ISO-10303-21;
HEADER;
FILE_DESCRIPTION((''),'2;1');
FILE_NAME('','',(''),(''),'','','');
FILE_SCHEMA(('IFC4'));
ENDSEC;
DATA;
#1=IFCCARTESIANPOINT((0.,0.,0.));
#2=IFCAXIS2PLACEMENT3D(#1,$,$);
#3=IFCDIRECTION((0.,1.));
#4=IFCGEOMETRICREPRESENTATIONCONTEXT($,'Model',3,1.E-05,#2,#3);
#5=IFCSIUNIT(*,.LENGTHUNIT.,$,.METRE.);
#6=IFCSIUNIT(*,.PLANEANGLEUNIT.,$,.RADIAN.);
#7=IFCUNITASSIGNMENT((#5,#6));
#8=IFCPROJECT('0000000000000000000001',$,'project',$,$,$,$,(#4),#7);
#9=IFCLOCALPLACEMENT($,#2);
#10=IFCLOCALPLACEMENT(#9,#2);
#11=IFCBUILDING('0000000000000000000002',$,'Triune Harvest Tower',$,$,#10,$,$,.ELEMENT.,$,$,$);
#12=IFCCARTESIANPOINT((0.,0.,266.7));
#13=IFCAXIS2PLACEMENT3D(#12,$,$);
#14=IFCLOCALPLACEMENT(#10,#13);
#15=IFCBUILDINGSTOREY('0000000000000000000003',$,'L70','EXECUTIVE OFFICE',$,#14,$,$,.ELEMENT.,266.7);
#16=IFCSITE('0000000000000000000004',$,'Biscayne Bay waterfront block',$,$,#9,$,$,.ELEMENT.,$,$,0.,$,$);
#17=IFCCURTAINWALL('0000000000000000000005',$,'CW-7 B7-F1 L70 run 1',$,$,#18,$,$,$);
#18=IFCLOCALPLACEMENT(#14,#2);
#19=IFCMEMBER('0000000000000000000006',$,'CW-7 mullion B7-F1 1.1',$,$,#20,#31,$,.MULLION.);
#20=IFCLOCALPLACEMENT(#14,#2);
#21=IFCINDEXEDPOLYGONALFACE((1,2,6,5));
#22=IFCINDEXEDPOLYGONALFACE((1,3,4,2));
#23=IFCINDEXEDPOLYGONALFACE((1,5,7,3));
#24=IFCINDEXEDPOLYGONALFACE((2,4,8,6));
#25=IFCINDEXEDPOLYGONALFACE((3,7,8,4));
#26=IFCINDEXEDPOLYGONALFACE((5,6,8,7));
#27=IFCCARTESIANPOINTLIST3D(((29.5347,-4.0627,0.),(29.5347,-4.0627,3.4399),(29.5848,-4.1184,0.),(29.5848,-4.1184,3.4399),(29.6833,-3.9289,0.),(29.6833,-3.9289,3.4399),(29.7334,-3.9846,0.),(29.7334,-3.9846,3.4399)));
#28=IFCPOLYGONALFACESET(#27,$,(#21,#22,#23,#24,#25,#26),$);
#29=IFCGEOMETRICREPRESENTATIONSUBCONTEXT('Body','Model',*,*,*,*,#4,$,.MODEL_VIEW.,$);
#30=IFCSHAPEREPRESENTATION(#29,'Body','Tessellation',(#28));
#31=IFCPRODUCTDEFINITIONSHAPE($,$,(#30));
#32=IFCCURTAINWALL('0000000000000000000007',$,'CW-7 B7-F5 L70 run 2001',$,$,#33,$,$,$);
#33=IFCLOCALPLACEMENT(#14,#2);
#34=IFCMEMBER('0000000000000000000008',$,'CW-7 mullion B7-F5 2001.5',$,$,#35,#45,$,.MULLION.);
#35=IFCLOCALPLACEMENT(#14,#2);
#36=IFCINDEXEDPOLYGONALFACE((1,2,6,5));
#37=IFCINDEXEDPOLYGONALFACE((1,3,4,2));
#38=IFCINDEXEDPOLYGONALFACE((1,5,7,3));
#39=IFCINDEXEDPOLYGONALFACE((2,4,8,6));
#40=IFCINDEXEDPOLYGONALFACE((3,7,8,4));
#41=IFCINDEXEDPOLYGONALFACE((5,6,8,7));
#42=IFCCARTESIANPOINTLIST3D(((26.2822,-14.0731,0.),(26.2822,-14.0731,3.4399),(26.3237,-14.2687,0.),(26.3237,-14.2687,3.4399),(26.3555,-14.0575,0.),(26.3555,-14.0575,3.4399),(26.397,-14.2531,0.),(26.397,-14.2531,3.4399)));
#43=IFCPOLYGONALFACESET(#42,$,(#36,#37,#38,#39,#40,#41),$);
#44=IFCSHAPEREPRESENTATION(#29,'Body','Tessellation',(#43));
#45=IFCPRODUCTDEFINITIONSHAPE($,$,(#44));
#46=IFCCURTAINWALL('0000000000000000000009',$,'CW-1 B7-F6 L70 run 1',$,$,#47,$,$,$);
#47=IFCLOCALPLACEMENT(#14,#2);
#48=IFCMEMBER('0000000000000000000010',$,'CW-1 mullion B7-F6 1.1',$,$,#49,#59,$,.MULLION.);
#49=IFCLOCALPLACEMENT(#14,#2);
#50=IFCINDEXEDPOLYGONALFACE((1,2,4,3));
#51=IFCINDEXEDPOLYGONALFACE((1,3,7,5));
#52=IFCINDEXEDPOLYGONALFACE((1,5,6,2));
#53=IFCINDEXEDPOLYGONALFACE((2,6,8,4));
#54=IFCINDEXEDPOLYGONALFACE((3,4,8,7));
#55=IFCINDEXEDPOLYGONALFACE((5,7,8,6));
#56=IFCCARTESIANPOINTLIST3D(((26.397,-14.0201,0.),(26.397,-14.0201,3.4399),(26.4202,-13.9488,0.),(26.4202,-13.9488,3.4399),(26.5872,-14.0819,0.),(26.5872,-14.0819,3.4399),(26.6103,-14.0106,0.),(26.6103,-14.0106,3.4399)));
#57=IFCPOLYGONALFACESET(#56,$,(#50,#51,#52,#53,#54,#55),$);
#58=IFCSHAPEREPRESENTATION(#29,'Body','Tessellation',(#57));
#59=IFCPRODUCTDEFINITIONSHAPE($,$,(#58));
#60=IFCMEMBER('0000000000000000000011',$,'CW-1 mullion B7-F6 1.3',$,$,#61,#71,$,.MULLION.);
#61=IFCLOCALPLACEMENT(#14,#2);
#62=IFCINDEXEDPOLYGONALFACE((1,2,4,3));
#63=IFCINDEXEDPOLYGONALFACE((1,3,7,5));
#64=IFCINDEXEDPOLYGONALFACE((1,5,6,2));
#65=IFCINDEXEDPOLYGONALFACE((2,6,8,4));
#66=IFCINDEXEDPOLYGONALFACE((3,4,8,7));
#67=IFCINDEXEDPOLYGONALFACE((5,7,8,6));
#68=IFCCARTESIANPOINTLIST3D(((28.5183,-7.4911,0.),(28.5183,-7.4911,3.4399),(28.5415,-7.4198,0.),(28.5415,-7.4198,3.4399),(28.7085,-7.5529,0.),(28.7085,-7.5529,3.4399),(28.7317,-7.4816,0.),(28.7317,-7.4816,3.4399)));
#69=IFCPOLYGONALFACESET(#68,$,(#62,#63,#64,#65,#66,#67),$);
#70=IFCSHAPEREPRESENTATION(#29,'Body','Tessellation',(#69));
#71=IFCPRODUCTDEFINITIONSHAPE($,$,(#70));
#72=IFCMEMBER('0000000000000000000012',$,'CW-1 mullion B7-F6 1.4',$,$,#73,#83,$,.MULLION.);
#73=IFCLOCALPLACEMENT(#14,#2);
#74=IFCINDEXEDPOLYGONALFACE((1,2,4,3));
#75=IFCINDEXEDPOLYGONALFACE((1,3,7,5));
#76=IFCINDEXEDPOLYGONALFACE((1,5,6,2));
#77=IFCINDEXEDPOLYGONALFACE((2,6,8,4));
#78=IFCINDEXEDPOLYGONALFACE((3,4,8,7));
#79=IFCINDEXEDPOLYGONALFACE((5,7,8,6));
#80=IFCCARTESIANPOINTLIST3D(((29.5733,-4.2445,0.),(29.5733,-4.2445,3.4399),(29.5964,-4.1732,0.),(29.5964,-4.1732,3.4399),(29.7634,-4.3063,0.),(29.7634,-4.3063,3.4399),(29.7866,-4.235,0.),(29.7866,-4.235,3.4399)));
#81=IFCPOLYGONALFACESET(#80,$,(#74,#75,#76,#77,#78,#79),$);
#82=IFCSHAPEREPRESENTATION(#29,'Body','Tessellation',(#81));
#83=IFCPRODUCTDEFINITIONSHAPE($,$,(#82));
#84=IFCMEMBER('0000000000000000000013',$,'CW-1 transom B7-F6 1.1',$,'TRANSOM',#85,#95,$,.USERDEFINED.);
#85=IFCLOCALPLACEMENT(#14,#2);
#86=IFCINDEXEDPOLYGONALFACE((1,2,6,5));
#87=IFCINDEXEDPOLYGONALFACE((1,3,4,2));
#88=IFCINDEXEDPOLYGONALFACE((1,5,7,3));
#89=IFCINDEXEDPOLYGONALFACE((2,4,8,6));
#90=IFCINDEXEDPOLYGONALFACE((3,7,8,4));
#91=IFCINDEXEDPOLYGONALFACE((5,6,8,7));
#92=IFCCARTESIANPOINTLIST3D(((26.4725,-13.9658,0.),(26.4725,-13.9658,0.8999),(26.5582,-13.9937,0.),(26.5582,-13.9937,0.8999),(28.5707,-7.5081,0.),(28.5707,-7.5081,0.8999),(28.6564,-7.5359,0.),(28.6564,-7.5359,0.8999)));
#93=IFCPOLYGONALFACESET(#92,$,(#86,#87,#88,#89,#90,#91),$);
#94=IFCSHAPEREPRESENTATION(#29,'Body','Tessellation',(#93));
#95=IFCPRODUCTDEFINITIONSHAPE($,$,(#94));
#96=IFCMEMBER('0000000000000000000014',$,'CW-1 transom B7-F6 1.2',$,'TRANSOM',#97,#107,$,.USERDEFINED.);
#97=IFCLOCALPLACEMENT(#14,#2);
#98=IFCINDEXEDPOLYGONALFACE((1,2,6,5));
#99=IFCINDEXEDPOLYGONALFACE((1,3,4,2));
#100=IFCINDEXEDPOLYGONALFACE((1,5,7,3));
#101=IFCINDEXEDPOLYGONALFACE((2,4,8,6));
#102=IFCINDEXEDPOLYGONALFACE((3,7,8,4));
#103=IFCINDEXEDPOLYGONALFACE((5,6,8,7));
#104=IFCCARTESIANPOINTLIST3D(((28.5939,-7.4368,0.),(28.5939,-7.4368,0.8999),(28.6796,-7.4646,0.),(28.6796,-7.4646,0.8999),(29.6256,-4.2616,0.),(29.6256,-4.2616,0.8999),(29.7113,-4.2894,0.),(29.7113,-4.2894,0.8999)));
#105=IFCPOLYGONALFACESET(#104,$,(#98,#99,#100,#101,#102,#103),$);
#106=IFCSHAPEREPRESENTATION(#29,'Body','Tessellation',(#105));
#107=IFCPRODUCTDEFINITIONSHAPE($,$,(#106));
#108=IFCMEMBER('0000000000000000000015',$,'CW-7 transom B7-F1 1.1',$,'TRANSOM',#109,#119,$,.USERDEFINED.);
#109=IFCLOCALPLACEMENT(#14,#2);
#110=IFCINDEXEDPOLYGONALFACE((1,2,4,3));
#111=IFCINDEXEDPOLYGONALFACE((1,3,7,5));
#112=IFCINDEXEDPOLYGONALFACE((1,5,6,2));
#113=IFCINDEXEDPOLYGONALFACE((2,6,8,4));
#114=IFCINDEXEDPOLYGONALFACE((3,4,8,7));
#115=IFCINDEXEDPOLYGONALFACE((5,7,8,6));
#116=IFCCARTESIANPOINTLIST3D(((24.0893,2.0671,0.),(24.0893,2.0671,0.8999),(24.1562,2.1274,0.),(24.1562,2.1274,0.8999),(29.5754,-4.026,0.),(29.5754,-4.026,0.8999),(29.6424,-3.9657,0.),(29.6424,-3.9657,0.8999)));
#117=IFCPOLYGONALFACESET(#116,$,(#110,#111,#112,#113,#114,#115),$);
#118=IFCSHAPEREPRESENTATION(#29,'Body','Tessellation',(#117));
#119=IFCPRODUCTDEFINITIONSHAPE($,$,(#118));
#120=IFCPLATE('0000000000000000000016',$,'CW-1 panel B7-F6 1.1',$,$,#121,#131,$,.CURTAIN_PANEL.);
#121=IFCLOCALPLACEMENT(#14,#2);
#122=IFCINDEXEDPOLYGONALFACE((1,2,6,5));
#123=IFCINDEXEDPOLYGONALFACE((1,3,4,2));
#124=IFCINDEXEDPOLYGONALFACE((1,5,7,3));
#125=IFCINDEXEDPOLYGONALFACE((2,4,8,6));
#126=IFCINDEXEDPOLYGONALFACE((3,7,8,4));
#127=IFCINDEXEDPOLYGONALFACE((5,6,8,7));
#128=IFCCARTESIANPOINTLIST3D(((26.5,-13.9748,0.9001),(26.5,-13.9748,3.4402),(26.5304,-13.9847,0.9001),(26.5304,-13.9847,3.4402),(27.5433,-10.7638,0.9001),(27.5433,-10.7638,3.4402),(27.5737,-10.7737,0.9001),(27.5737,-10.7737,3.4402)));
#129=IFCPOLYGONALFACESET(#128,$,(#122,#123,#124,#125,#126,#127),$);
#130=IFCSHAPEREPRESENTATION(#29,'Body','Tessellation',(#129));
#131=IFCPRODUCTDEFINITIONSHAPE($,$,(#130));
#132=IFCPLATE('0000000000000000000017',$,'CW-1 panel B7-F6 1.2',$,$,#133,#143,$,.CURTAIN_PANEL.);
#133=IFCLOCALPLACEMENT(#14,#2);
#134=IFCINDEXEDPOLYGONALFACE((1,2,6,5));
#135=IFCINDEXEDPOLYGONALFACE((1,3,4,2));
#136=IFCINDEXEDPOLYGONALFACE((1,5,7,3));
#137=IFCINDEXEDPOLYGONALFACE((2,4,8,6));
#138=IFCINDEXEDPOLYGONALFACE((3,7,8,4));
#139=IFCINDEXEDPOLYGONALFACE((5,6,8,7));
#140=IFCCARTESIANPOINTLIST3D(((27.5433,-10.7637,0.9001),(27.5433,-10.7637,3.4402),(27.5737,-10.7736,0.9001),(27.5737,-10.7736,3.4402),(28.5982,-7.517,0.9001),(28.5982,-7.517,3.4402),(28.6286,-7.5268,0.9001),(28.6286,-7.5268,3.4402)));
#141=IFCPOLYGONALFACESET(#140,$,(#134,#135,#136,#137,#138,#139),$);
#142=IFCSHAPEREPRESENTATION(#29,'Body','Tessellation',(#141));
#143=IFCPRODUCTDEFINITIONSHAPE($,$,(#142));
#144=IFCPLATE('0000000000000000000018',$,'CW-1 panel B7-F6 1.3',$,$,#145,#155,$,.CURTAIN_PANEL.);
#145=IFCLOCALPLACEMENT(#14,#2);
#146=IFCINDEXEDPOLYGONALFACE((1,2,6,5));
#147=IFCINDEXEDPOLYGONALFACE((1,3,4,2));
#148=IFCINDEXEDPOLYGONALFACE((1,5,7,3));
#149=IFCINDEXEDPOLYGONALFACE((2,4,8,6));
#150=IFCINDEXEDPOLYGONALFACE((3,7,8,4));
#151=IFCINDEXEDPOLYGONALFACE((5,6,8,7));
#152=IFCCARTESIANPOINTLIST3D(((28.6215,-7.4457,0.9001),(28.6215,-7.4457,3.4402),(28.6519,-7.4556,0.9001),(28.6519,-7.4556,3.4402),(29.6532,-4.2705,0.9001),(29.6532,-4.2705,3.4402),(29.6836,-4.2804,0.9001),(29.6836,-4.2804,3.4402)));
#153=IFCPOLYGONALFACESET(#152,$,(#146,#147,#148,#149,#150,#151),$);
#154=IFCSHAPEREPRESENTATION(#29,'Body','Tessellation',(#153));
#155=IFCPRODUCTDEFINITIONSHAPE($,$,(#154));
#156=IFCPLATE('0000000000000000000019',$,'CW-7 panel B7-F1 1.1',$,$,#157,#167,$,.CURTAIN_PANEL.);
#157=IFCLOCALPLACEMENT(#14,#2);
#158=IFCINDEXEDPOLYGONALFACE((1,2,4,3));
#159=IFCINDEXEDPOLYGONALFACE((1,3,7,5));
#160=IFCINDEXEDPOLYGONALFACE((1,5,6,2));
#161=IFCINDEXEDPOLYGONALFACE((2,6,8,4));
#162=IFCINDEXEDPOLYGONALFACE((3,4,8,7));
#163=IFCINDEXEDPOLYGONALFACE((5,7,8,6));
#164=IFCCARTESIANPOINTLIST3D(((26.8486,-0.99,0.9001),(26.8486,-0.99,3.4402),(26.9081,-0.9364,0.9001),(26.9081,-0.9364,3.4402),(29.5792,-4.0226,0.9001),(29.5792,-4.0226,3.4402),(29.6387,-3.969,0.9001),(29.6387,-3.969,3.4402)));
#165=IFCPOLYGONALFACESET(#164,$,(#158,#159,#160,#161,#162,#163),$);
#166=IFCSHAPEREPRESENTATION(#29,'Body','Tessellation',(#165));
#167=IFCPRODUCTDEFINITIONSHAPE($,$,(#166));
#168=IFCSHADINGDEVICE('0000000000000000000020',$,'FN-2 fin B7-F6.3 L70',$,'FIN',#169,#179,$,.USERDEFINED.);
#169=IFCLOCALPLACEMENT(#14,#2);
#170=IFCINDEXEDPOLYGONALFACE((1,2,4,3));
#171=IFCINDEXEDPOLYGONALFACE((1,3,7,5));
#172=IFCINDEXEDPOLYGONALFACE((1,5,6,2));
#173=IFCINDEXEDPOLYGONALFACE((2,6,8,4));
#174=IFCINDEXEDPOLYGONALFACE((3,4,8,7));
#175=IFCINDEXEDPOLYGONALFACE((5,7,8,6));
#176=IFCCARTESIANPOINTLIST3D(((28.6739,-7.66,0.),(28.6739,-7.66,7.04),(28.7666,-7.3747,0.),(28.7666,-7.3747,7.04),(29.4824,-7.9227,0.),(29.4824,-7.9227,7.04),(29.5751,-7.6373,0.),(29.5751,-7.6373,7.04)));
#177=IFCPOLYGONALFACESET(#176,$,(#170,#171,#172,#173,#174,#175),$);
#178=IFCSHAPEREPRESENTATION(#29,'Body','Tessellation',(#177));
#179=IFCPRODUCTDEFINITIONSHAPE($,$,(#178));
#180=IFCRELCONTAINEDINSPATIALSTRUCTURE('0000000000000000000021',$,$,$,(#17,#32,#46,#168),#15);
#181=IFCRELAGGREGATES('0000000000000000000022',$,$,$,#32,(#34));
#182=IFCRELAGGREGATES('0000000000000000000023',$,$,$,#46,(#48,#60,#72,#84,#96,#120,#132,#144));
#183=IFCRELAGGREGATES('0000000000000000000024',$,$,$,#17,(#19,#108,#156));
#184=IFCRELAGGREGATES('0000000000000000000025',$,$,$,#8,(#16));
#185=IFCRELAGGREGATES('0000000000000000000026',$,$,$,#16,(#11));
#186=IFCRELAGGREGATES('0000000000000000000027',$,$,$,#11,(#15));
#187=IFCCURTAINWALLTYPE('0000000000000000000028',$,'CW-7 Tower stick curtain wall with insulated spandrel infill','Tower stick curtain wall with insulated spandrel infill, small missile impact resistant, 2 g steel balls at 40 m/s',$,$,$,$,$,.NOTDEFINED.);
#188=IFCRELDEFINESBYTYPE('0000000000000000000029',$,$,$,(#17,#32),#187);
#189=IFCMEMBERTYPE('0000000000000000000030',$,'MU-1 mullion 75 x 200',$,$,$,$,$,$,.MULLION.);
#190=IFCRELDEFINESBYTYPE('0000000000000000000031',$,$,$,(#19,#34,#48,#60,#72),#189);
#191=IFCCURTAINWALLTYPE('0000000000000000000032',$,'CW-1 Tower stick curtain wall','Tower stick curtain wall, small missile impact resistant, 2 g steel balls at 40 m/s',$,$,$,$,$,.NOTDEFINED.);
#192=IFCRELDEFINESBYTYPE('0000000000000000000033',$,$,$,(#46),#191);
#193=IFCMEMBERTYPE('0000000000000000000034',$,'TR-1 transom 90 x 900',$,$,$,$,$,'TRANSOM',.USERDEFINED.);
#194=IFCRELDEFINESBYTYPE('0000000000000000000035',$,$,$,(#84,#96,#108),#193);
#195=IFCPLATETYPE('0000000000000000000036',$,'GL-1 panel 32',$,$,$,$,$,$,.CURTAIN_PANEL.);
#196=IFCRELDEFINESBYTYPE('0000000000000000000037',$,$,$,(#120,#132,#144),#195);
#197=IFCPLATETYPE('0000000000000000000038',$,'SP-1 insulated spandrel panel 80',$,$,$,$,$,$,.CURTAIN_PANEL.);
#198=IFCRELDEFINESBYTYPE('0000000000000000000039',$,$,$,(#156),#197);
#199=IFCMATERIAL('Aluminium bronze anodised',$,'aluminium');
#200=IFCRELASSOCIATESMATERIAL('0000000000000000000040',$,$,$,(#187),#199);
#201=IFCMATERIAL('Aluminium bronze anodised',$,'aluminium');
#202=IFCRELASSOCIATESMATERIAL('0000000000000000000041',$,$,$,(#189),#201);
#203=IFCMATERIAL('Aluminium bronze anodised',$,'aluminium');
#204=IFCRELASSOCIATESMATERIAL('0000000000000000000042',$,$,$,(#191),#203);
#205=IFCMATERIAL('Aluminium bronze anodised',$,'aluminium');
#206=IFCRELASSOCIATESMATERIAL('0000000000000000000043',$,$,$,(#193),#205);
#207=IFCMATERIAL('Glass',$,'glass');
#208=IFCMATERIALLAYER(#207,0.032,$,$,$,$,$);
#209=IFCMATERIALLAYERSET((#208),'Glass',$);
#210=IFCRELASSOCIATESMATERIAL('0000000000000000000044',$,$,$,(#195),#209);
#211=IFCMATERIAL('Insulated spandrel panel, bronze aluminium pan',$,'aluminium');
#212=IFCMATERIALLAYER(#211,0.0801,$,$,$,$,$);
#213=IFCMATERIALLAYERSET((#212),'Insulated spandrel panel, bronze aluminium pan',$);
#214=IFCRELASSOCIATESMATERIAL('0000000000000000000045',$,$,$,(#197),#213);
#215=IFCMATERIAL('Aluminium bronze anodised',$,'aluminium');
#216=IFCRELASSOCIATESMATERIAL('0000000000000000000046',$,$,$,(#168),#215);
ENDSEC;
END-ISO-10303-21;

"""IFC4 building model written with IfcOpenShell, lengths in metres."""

from ifc_helpers import new_model, si_unit, direction, frame, origin, origin_2d, place, context, subcontext, project, spatial, rectangle, extrude, source, transform, mapped, material, layer, layer_set, material_profile, profile_set, type_object, element, aggregate, save


model = new_model("IFC4")

# Units and contexts
model_context = context("Model", 3, precision=1e-05, world=origin(), true_north=direction((0.0, 1.0)))
body_context = subcontext(model_context, "Body", "Model", "MODEL_VIEW")
ifc_project = project(units=[si_unit("LENGTHUNIT", "METRE"), si_unit("PLANEANGLEUNIT", "RADIAN")], contexts=[model_context])

# Site, building, storey
site_placement = place(None, origin())
site = spatial("IfcSite", under=ifc_project, at=site_placement, Name="Biscayne Bay waterfront block", CompositionType="ELEMENT", RefElevation=0.0)
building_placement = place(site_placement, origin())
building = spatial("IfcBuilding", under=site, at=building_placement, Name="Triune Harvest Tower", CompositionType="ELEMENT")
storey_placement = place(building_placement, frame((0.0, 0.0, 266.7)))
storey = spatial("IfcBuildingStorey", under=building, at=storey_placement, Name="L70", Description="EXECUTIVE OFFICE", CompositionType="ELEMENT", Elevation=266.7)

# Curtain walls, members
ifc_material_1 = material(Name="Aluminium bronze anodised", Category="aluminium")
curtain_wall_type_1 = type_object("IfcCurtainWallType", Name="CW-7 Tower stick curtain wall with insulated spandrel infill", Description="Tower stick curtain wall with insulated spandrel infill, small missile impact resistant, 2 g steel balls at 40 m/s", PredefinedType="NOTDEFINED", material=ifc_material_1)
curtain_wall_1_placement = place(storey_placement, origin())
curtain_wall_1 = element("IfcCurtainWall", 1, at=curtain_wall_1_placement, inside=storey, type_object=curtain_wall_type_1, Name="CW-7 B7-F1 L70 run 1")
ifc_material_2 = material(Name="Aluminium bronze anodised", Category="aluminium")
ifc_material_profile_1 = material_profile(ifc_material_2, rectangle(XDim=0.2, YDim=0.075, at=origin_2d()), Name="MU-1 mullion 75 x 200")
ifc_profile_set_1 = profile_set([ifc_material_profile_1], Name="Aluminium bronze anodised")
member_type_1 = type_object("IfcMemberType", Name="MU-1 mullion 75 x 200", PredefinedType="MULLION", material=ifc_profile_set_1)
shared_shape_1 = source(origin(), body_context, "Body", "SweptSolid", [
    extrude(rectangle(XDim=0.2, YDim=0.075, at=origin_2d()), origin(), (0.0, 0.0, 1.0), 3.4399),
])
member_1_placement = place(storey_placement, frame((29.634, -4.0237, 0.0), z_axis=(0.0, 0.0, 1.0), x_axis=(-0.743142, -0.669134, 0.0)))
member_1 = element("IfcMember", 2, at=member_1_placement, type_object=member_type_1, Name="CW-7 mullion B7-F1 1.1", PredefinedType="MULLION", context=body_context, shape_type="MappedRepresentation", body=[
    mapped(shared_shape_1, transform((0.0, 0.0, 0.0), scale=1.0)),
])
curtain_wall_2_placement = place(storey_placement, origin())
curtain_wall_2 = element("IfcCurtainWall", 3, at=curtain_wall_2_placement, inside=storey, type_object=curtain_wall_type_1, Name="CW-7 B7-F5 L70 run 2001")
member_2_placement = place(storey_placement, frame((26.3396, -14.1631, 0.0), z_axis=(0.0, 0.0, 1.0), x_axis=(-0.207909, 0.978148, 0.0)))
member_2 = element("IfcMember", 4, at=member_2_placement, type_object=member_type_1, Name="CW-7 mullion B7-F5 2001.5", PredefinedType="MULLION", context=body_context, shape_type="MappedRepresentation", body=[
    mapped(shared_shape_1, transform((0.0, 0.0, 0.0), scale=1.0)),
])
aggregate(curtain_wall_2, [member_2])

# Curtain wall, members
ifc_material_3 = material(Name="Aluminium bronze anodised", Category="aluminium")
curtain_wall_type_2 = type_object("IfcCurtainWallType", Name="CW-1 Tower stick curtain wall", Description="Tower stick curtain wall, small missile impact resistant, 2 g steel balls at 40 m/s", PredefinedType="NOTDEFINED", material=ifc_material_3)
curtain_wall_3_placement = place(storey_placement, origin())
curtain_wall_3 = element("IfcCurtainWall", 5, at=curtain_wall_3_placement, inside=storey, type_object=curtain_wall_type_2, Name="CW-1 B7-F6 L70 run 1")
member_3_placement = place(storey_placement, frame((26.5037, -14.0154, 0.0), z_axis=(0.0, 0.0, 1.0), x_axis=(-0.951056, 0.309019, 0.0)))
member_3 = element("IfcMember", 6, at=member_3_placement, type_object=member_type_1, Name="CW-1 mullion B7-F6 1.1", PredefinedType="MULLION", context=body_context, shape_type="MappedRepresentation", body=[
    mapped(shared_shape_1, transform((0.0, 0.0, 0.0), scale=1.0)),
])
member_4_placement = place(storey_placement, frame((28.625, -7.4863, 0.0), z_axis=(0.0, 0.0, 1.0), x_axis=(-0.951056, 0.309019, 0.0)))
member_4 = element("IfcMember", 7, at=member_4_placement, type_object=member_type_1, Name="CW-1 mullion B7-F6 1.3", PredefinedType="MULLION", context=body_context, shape_type="MappedRepresentation", body=[
    mapped(shared_shape_1, transform((0.0, 0.0, 0.0), scale=1.0)),
])
member_5_placement = place(storey_placement, frame((29.6799, -4.2397, 0.0), z_axis=(0.0, 0.0, 1.0), x_axis=(-0.951056, 0.309019, 0.0)))
member_5 = element("IfcMember", 8, at=member_5_placement, type_object=member_type_1, Name="CW-1 mullion B7-F6 1.4", PredefinedType="MULLION", context=body_context, shape_type="MappedRepresentation", body=[
    mapped(shared_shape_1, transform((0.0, 0.0, 0.0), scale=1.0)),
])
ifc_material_4 = material(Name="Aluminium bronze anodised", Category="aluminium")
ifc_material_profile_2 = material_profile(ifc_material_4, rectangle(XDim=0.0901, YDim=0.8999, at=origin_2d()), Name="TR-1 transom 90 x 900")
ifc_profile_set_2 = profile_set([ifc_material_profile_2], Name="Aluminium bronze anodised")
member_type_2 = type_object("IfcMemberType", Name="TR-1 transom 90 x 900", ElementType="TRANSOM", PredefinedType="USERDEFINED", material=ifc_profile_set_2)
shared_shape_2 = source(origin(), body_context, "Body", "SweptSolid", [
    extrude(rectangle(XDim=0.0901, YDim=0.8999, at=origin_2d()), origin(), (0.0, 0.0, 1.0), 6.79),
])
member_6_placement = place(storey_placement, frame((26.5154, -13.9797, 0.45), z_axis=(0.309002, 0.951061, 0.0), x_axis=(-0.951061, 0.309002, 0.0)))
member_6 = element("IfcMember", 9, at=member_6_placement, type_object=member_type_2, Name="CW-1 transom B7-F6 1.1", ObjectType="TRANSOM", PredefinedType="USERDEFINED", context=body_context, shape_type="MappedRepresentation", body=[
    mapped(shared_shape_2, transform((0.0, 0.0, 0.0), scale=1.0)),
])
shared_shape_3 = source(origin(), body_context, "Body", "SweptSolid", [
    extrude(rectangle(XDim=0.0901, YDim=0.8999, at=origin_2d()), origin(), (0.0, 0.0, 1.0), 3.3386),
])
member_7_placement = place(storey_placement, frame((28.6367, -7.4507, 0.45), z_axis=(0.309023, 0.951054, 0.0), x_axis=(-0.951054, 0.309023, 0.0)))
member_7 = element("IfcMember", 10, at=member_7_placement, type_object=member_type_2, Name="CW-1 transom B7-F6 1.2", ObjectType="TRANSOM", PredefinedType="USERDEFINED", context=body_context, shape_type="MappedRepresentation", body=[
    mapped(shared_shape_3, transform((0.0, 0.0, 0.0), scale=1.0)),
])

# Member
shared_shape_4 = source(origin(), body_context, "Body", "SweptSolid", [
    extrude(rectangle(XDim=0.0901, YDim=0.8999, at=origin_2d()), origin(), (0.0, 0.0, 1.0), 8.199),
])
member_8_placement = place(storey_placement, frame((29.6089, -3.9958, 0.45), z_axis=(-0.669124, 0.743151, 0.0), x_axis=(-0.743151, -0.669124, 0.0)))
member_8 = element("IfcMember", 11, at=member_8_placement, type_object=member_type_2, Name="CW-7 transom B7-F1 1.1", ObjectType="TRANSOM", PredefinedType="USERDEFINED", context=body_context, shape_type="MappedRepresentation", body=[
    mapped(shared_shape_4, transform((0.0, 0.0, 0.0), scale=1.0)),
])

# Plates
ifc_material_5 = material(Name="Glass", Category="glass")
ifc_layer_1 = layer(ifc_material_5, 0.032)
ifc_layer_set_1 = layer_set([ifc_layer_1], Name="Glass")
plate_type_1 = type_object("IfcPlateType", Name="GL-1 panel 32", PredefinedType="CURTAIN_PANEL", material=ifc_layer_set_1)
shared_shape_5 = source(origin(), body_context, "Body", "SweptSolid", [
    extrude(rectangle(XDim=3.3762, YDim=0.032, at=origin_2d()), origin(), (0.0, 0.0, 1.0), 2.54),
])
plate_1_placement = place(storey_placement, frame((27.0369, -12.3743, 0.9001), z_axis=(0.0, 0.0, 1.0), x_axis=(0.309019, 0.951056, 0.0)))
plate_1 = element("IfcPlate", 12, at=plate_1_placement, type_object=plate_type_1, Name="CW-1 panel B7-F6 1.1", PredefinedType="CURTAIN_PANEL", context=body_context, shape_type="MappedRepresentation", body=[
    mapped(shared_shape_5, transform((0.0, 0.0, 0.0), scale=1.0)),
])
shared_shape_6 = source(origin(), body_context, "Body", "SweptSolid", [
    extrude(rectangle(XDim=3.4138, YDim=0.032, at=origin_2d()), origin(), (0.0, 0.0, 1.0), 2.54),
])
plate_2_placement = place(storey_placement, frame((28.0859, -9.1453, 0.9001), z_axis=(0.0, 0.0, 1.0), x_axis=(0.309019, 0.951056, 0.0)))
plate_2 = element("IfcPlate", 13, at=plate_2_placement, type_object=plate_type_1, Name="CW-1 panel B7-F6 1.2", PredefinedType="CURTAIN_PANEL", context=body_context, shape_type="MappedRepresentation", body=[
    mapped(shared_shape_6, transform((0.0, 0.0, 0.0), scale=1.0)),
])
shared_shape_7 = source(origin(), body_context, "Body", "SweptSolid", [
    extrude(rectangle(XDim=3.3386, YDim=0.032, at=origin_2d()), origin(), (0.0, 0.0, 1.0), 2.54),
])
plate_3_placement = place(storey_placement, frame((29.1526, -5.863, 0.9001), z_axis=(0.0, 0.0, 1.0), x_axis=(0.309019, 0.951056, 0.0)))
plate_3 = element("IfcPlate", 14, at=plate_3_placement, type_object=plate_type_1, Name="CW-1 panel B7-F6 1.3", PredefinedType="CURTAIN_PANEL", context=body_context, shape_type="MappedRepresentation", body=[
    mapped(shared_shape_7, transform((0.0, 0.0, 0.0), scale=1.0)),
])
aggregate(curtain_wall_3, [member_3, member_4, member_5, member_6, member_7, plate_1, plate_2, plate_3])
ifc_material_6 = material(Name="Insulated spandrel panel, bronze aluminium pan", Category="aluminium")
ifc_layer_2 = layer(ifc_material_6, 0.0801)
ifc_layer_set_2 = layer_set([ifc_layer_2], Name="Insulated spandrel panel, bronze aluminium pan")
plate_type_2 = type_object("IfcPlateType", Name="SP-1 insulated spandrel panel 80", PredefinedType="CURTAIN_PANEL", material=ifc_layer_set_2)
shared_shape_8 = source(origin(), body_context, "Body", "SweptSolid", [
    extrude(rectangle(XDim=4.0808, YDim=0.0801, at=origin_2d()), origin(), (0.0, 0.0, 1.0), 2.54),
])
plate_4_placement = place(storey_placement, frame((28.2437, -2.4795, 0.9001), z_axis=(0.0, 0.0, 1.0), x_axis=(-0.669134, 0.743142, 0.0)))
plate_4 = element("IfcPlate", 15, at=plate_4_placement, type_object=plate_type_2, Name="CW-7 panel B7-F1 1.1", PredefinedType="CURTAIN_PANEL", context=body_context, shape_type="MappedRepresentation", body=[
    mapped(shared_shape_8, transform((0.0, 0.0, 0.0), scale=1.0)),
])
aggregate(curtain_wall_1, [member_1, member_8, plate_4])

# Shading device
ifc_material_7 = material(Name="Aluminium bronze anodised", Category="aluminium")
shared_shape_9 = source(origin(), body_context, "Body", "SweptSolid", [
    extrude(rectangle(XDim=0.3, YDim=0.8501, at=origin_2d()), origin(), (0.0, 0.0, 1.0), 7.04),
])
shading_device_placement = place(storey_placement, frame((29.1245, -7.6487, 0.0), z_axis=(0.0, 0.0, 1.0), x_axis=(0.309019, 0.951056, 0.0)))
element("IfcShadingDevice", 16, at=shading_device_placement, inside=storey, material=ifc_material_7, Name="FN-2 fin B7-F6.3 L70", ObjectType="FIN", PredefinedType="USERDEFINED", context=body_context, shape_type="MappedRepresentation", body=[
    mapped(shared_shape_9, transform((0.0, 0.0, 0.0), scale=1.0)),
])

save(model, "model.ifc")
